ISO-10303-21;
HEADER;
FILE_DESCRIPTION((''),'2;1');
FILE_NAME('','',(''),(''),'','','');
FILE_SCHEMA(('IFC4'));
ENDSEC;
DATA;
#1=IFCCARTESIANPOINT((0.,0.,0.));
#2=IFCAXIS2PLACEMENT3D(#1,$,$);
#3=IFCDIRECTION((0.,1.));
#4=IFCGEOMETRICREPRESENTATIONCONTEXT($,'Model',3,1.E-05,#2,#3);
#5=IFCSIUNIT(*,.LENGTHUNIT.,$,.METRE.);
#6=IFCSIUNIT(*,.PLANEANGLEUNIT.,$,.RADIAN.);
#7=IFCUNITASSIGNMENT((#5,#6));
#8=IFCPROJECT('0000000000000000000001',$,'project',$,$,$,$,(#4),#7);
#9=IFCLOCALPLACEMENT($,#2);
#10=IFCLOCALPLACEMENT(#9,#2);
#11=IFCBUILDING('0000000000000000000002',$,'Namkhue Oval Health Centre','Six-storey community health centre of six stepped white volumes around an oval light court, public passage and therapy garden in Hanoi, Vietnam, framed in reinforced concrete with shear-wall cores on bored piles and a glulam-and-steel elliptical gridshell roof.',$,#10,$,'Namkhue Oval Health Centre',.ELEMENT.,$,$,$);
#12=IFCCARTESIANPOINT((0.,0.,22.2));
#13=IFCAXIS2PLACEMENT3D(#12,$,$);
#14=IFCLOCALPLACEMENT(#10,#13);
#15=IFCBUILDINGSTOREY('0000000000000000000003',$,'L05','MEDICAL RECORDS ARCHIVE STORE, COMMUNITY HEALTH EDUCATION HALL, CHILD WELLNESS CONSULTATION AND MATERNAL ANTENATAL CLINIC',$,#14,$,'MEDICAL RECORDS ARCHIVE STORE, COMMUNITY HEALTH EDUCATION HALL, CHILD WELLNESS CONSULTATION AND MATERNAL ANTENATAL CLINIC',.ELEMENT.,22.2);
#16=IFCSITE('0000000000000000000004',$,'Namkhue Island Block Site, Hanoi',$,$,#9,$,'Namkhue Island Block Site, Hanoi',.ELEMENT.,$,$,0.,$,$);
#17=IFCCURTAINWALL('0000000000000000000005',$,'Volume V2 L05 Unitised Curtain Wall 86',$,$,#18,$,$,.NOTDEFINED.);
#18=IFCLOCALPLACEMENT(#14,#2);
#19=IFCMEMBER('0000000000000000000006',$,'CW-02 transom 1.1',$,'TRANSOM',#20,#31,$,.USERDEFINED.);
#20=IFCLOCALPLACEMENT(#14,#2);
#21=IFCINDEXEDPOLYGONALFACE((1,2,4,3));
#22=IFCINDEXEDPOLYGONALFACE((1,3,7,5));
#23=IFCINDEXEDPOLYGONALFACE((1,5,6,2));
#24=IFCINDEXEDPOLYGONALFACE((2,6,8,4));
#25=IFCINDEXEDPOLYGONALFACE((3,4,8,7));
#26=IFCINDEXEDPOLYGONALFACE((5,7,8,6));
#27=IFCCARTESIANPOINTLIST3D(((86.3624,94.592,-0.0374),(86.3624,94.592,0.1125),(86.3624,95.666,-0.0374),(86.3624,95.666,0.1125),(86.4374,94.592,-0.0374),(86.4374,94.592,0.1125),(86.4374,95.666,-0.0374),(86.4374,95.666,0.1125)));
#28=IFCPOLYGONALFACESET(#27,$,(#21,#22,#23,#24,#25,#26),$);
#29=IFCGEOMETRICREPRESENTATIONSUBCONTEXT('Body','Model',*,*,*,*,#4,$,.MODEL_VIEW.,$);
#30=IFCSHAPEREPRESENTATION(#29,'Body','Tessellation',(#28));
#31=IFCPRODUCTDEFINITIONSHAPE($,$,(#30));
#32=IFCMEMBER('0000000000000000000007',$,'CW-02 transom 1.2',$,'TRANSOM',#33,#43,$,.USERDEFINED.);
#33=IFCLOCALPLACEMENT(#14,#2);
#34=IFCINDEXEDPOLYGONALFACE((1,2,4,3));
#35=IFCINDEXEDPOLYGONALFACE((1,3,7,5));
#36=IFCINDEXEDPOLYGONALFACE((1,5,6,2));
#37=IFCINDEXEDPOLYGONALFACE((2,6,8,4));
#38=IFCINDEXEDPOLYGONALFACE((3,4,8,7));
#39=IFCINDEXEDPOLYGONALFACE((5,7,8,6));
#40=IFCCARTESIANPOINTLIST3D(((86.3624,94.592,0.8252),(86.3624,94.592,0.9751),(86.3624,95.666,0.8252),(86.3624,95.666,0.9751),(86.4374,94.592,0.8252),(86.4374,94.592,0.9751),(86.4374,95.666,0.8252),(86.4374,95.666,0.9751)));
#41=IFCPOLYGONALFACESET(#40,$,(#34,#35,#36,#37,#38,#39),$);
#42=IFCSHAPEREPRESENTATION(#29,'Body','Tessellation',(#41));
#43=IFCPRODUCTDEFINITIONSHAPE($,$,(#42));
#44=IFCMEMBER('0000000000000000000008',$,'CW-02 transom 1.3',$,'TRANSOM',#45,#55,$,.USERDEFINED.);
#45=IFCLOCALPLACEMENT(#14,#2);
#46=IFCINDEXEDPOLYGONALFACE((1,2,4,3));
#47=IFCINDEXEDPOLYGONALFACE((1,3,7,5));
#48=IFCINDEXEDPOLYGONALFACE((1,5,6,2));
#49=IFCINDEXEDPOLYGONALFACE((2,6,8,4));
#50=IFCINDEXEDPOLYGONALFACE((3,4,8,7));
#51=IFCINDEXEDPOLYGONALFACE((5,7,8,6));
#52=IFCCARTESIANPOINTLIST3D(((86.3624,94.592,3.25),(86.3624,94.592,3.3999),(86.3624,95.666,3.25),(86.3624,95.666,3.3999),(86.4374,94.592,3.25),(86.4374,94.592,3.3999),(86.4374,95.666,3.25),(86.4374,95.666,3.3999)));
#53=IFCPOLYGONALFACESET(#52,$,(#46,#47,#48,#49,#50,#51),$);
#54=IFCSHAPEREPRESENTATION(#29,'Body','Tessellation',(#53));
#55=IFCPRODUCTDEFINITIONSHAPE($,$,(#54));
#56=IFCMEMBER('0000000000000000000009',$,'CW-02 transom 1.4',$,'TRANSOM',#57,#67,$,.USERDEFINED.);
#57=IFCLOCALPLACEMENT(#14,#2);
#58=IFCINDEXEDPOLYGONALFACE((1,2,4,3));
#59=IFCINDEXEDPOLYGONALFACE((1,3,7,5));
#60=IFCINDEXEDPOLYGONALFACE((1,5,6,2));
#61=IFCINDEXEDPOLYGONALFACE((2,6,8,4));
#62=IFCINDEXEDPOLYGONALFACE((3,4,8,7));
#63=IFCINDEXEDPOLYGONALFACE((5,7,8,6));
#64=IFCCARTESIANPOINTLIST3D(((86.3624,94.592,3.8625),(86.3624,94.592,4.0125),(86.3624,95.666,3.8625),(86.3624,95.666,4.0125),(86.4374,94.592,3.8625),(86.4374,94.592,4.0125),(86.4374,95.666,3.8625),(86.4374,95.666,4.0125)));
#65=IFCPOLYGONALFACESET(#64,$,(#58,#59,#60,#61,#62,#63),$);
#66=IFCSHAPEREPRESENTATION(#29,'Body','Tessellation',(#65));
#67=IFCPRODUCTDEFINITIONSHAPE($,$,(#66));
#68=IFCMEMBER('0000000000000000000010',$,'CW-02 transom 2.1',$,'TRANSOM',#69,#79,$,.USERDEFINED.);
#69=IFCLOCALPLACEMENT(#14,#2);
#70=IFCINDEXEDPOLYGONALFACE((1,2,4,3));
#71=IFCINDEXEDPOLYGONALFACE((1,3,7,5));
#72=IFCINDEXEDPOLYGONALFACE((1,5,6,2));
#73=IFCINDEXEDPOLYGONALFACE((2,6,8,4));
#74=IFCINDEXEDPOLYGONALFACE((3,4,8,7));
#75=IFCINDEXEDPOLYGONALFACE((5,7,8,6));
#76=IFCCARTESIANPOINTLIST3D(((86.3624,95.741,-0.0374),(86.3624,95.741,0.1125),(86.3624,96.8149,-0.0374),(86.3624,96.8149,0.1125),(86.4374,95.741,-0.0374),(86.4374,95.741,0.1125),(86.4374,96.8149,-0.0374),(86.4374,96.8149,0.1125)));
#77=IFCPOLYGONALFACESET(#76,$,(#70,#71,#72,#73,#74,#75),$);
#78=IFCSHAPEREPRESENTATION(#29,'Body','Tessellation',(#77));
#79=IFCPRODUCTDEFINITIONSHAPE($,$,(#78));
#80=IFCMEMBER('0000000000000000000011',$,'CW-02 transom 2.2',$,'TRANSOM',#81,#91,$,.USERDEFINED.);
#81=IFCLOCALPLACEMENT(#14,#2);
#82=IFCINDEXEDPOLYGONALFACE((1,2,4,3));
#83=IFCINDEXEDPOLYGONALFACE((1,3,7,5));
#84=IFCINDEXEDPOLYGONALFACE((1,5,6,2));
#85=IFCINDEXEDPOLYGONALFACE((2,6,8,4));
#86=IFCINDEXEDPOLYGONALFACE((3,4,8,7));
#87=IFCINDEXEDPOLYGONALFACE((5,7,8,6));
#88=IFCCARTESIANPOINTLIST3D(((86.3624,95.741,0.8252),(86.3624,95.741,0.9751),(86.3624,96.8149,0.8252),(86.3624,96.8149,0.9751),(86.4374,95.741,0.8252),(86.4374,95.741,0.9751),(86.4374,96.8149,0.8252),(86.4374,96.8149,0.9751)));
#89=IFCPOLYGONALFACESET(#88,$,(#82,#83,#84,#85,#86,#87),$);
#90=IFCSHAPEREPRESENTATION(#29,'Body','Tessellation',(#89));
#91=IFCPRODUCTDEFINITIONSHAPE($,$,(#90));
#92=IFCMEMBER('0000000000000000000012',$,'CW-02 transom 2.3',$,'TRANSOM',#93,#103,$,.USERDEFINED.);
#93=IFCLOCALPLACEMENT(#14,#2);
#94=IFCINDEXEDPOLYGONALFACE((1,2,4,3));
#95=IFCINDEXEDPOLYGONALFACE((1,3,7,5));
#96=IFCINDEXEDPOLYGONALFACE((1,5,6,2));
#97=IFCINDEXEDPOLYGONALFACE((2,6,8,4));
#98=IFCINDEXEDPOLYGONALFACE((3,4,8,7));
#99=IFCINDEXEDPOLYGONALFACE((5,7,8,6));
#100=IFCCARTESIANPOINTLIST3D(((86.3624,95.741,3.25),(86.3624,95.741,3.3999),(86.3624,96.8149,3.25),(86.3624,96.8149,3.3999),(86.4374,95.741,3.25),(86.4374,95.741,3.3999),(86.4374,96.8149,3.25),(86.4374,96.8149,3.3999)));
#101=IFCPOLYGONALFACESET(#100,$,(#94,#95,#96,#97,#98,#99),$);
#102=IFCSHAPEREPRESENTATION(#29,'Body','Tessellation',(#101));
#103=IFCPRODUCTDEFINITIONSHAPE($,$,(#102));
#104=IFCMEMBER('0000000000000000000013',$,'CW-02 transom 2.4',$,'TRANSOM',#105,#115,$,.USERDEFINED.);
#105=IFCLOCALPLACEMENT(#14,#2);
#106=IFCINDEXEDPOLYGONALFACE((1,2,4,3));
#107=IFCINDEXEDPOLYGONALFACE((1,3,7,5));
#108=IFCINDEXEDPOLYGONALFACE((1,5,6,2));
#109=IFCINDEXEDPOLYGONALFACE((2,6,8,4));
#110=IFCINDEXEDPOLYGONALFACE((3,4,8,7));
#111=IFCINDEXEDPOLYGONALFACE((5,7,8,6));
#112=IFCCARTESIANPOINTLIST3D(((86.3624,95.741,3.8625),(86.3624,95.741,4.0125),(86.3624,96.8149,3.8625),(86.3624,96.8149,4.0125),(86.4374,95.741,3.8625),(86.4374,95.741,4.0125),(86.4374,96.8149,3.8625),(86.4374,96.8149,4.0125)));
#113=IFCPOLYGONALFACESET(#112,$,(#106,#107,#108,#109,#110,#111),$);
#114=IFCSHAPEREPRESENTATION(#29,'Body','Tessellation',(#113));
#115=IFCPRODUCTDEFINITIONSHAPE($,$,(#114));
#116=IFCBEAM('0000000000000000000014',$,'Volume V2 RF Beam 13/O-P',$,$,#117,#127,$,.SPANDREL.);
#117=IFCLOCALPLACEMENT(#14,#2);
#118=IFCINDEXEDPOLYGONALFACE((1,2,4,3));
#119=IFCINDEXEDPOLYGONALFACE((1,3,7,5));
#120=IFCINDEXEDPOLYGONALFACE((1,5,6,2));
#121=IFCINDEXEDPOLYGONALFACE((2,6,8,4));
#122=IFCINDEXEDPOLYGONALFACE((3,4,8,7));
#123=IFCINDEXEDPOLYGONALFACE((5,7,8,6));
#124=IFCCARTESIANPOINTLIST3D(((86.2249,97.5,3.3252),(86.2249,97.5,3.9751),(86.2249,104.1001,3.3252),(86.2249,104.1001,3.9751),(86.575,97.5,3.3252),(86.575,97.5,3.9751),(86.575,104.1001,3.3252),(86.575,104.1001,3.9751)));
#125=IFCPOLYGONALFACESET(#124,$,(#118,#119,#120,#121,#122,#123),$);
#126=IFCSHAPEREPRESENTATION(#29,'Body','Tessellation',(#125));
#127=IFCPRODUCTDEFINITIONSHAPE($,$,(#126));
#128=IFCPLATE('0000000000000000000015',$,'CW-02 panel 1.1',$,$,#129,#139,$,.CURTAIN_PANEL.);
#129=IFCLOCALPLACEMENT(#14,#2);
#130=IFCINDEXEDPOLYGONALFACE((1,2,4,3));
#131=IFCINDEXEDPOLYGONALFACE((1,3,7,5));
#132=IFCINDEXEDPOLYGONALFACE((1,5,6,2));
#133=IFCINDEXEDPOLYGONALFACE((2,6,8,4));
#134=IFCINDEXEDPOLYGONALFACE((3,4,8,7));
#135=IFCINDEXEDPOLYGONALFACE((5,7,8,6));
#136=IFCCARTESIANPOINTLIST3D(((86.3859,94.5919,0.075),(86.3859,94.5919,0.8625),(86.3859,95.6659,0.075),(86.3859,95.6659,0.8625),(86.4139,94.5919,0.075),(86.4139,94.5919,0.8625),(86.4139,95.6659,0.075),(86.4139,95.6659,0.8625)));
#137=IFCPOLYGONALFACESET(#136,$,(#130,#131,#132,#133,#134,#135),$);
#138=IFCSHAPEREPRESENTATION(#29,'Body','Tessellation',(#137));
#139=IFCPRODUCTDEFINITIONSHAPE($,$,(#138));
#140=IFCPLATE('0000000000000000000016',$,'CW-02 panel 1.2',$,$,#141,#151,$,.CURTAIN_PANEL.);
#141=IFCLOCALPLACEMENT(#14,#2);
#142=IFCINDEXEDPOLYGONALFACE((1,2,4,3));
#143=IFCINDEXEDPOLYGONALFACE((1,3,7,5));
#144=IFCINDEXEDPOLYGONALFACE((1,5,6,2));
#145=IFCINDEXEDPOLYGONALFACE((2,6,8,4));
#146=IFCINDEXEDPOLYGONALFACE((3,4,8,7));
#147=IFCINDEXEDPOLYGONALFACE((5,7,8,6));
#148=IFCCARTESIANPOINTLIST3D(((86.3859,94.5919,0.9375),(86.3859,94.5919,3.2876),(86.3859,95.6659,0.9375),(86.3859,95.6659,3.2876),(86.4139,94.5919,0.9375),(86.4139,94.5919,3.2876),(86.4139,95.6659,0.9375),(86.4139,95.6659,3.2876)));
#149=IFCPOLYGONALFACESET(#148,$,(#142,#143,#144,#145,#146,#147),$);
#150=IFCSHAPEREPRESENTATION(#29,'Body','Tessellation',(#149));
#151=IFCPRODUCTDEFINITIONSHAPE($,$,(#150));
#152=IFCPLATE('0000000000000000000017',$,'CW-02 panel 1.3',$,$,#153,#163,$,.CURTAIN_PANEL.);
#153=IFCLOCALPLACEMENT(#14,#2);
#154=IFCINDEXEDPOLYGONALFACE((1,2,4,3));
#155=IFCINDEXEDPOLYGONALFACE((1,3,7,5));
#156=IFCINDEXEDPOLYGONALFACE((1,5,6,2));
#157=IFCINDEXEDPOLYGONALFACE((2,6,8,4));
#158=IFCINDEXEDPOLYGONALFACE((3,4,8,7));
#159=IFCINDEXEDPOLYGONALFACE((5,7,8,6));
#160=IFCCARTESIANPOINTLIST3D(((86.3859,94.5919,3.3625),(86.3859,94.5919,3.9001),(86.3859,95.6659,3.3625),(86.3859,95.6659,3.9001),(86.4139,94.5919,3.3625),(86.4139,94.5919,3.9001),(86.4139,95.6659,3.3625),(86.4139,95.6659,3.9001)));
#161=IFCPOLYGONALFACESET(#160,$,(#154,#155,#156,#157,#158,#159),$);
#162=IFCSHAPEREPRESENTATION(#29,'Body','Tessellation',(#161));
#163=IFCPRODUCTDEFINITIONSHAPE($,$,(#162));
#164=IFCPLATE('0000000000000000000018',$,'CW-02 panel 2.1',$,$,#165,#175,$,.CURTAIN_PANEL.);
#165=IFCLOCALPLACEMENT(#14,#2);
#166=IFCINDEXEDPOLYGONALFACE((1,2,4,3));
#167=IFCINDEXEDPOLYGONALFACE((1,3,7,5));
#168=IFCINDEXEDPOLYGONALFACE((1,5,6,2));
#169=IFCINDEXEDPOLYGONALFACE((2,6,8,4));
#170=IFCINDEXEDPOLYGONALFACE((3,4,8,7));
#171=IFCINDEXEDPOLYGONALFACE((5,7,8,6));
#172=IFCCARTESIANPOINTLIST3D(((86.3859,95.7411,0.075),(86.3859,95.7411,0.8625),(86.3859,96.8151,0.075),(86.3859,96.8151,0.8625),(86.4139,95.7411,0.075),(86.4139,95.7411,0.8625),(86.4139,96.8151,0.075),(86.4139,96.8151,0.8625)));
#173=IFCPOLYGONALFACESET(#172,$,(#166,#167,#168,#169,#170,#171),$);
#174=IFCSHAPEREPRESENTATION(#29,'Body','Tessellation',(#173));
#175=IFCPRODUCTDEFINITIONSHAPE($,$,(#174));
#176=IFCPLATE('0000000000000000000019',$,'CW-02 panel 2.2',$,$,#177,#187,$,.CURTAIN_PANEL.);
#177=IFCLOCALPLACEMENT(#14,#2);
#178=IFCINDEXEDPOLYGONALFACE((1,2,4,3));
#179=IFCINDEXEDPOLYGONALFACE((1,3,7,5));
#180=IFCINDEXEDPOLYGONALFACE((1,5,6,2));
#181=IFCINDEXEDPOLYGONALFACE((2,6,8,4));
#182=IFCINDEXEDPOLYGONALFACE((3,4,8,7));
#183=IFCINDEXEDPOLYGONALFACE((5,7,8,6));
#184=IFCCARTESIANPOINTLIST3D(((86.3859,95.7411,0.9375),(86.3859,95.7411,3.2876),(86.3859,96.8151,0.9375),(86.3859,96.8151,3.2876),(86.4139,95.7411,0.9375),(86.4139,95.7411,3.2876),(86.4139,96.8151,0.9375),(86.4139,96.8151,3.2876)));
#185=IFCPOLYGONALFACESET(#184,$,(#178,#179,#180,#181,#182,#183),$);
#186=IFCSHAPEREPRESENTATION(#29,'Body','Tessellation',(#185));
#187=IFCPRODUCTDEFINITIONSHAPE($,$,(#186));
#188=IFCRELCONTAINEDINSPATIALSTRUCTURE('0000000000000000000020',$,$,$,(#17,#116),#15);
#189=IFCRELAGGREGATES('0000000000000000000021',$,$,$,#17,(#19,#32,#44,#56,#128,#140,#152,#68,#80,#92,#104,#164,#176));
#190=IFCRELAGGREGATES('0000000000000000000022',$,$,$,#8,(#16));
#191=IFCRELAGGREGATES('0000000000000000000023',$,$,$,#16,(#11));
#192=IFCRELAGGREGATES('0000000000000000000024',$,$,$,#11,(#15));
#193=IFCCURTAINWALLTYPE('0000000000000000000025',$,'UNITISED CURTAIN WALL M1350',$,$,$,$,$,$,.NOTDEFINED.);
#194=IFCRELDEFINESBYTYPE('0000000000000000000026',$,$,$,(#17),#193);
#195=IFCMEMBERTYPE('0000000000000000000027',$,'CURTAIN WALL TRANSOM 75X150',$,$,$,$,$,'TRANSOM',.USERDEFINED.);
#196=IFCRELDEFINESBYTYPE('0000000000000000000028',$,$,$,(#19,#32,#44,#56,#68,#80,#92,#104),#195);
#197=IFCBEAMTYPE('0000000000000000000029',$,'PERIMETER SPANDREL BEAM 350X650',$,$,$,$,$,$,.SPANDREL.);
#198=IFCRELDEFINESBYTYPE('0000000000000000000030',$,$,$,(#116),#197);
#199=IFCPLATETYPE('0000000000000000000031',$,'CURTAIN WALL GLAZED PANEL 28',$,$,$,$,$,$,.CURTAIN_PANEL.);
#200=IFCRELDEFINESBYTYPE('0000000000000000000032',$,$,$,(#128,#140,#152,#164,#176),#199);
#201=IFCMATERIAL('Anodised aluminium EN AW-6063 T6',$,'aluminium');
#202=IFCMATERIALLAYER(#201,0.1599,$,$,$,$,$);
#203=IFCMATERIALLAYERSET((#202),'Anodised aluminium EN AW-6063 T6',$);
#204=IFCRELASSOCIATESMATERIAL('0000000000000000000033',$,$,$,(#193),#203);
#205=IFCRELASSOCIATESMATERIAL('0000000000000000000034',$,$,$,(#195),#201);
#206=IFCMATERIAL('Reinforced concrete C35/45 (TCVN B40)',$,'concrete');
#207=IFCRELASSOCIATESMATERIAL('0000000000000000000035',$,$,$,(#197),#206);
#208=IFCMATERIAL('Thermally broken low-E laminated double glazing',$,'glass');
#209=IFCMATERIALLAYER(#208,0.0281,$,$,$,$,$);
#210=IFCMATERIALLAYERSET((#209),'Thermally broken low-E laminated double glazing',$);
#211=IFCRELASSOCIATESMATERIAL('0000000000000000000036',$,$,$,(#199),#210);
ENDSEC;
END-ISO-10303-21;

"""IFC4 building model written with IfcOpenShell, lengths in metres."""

from ifc_helpers import new_model, si_unit, direction, frame, origin, origin_2d, place, context, subcontext, project, spatial, rectangle, extrude, material, layer, layer_set, material_profile, profile_set, type_object, element, aggregate, save


model = new_model("IFC4")

# Units and contexts
model_context = context("Model", 3, precision=1e-05, world=origin(), true_north=direction((0.0, 1.0)))
body_context = subcontext(model_context, "Body", "Model", "MODEL_VIEW")
ifc_project = project(units=[si_unit("LENGTHUNIT", "METRE"), si_unit("PLANEANGLEUNIT", "RADIAN")], contexts=[model_context])

# Site, building, storey
site_placement = place(None, origin())
site = spatial("IfcSite", under=ifc_project, at=site_placement, Name="Namkhue Island Block Site, Hanoi", LongName="Namkhue Island Block Site, Hanoi", CompositionType="ELEMENT", RefElevation=0.0)
building_placement = place(site_placement, origin())
building = spatial("IfcBuilding", under=site, at=building_placement, Name="Namkhue Oval Health Centre", Description="Six-storey community health centre of six stepped white volumes around an oval light court, public passage and therapy garden in Hanoi, Vietnam, framed in reinforced concrete with shear-wall cores on bored piles and a glulam-and-steel elliptical gridshell roof.", LongName="Namkhue Oval Health Centre", CompositionType="ELEMENT")
storey_placement = place(building_placement, frame((0.0, 0.0, 22.2)))
storey = spatial("IfcBuildingStorey", under=building, at=storey_placement, Name="L05", Description="MEDICAL RECORDS ARCHIVE STORE, COMMUNITY HEALTH EDUCATION HALL, CHILD WELLNESS CONSULTATION AND MATERNAL ANTENATAL CLINIC", LongName="MEDICAL RECORDS ARCHIVE STORE, COMMUNITY HEALTH EDUCATION HALL, CHILD WELLNESS CONSULTATION AND MATERNAL ANTENATAL CLINIC", CompositionType="ELEMENT", Elevation=22.2)

# Shared definitions
ifc_material_1 = material(Name="Reinforced concrete C35/45 (TCVN B40)", Category="concrete")

# Curtain wall
ifc_material_2 = material(Name="Anodised aluminium EN AW-6063 T6", Category="aluminium")
ifc_layer_1 = layer(ifc_material_2, 0.1599)
ifc_layer_set_1 = layer_set([ifc_layer_1], Name="Anodised aluminium EN AW-6063 T6")
curtain_wall_type_1 = type_object("IfcCurtainWallType", Name="UNITISED CURTAIN WALL M1350", PredefinedType="NOTDEFINED", material=ifc_layer_set_1)
curtain_wall_1_placement = place(storey_placement, origin())
curtain_wall_1 = element("IfcCurtainWall", 1, at=curtain_wall_1_placement, inside=storey, type_object=curtain_wall_type_1, Name="Volume V2 L05 Unitised Curtain Wall 86", PredefinedType="NOTDEFINED")

# Members
ifc_material_profile_1 = material_profile(ifc_material_2, rectangle(XDim=0.075, YDim=0.1499, at=origin_2d()), Name="ALU 75x150")
ifc_profile_set_1 = profile_set([ifc_material_profile_1], Name="Anodised aluminium EN AW-6063 T6")
member_type_1 = type_object("IfcMemberType", Name="CURTAIN WALL TRANSOM 75X150", ElementType="TRANSOM", PredefinedType="USERDEFINED", material=ifc_profile_set_1)
member_1_placement = place(storey_placement, frame((86.3999, 94.592, 0.0376), z_axis=(0.0, 1.0, 0.0), x_axis=(-1.0, 0.0, 0.0)))
member_1 = element("IfcMember", 2, at=member_1_placement, type_object=member_type_1, Name="CW-02 transom 1.1", ObjectType="TRANSOM", PredefinedType="USERDEFINED", context=body_context, shape_type="SweptSolid", body=[
    extrude(rectangle(XDim=0.075, YDim=0.1499, at=origin_2d()), origin(), (0.0, 0.0, 1.0), 1.074),
])
member_2_placement = place(storey_placement, frame((86.3999, 94.592, 0.9001), z_axis=(0.0, 1.0, 0.0), x_axis=(-1.0, 0.0, 0.0)))
member_2 = element("IfcMember", 3, at=member_2_placement, type_object=member_type_1, Name="CW-02 transom 1.2", ObjectType="TRANSOM", PredefinedType="USERDEFINED", context=body_context, shape_type="SweptSolid", body=[
    extrude(rectangle(XDim=0.075, YDim=0.1499, at=origin_2d()), origin(), (0.0, 0.0, 1.0), 1.074),
])
member_3_placement = place(storey_placement, frame((86.3999, 94.592, 3.325), z_axis=(0.0, 1.0, 0.0), x_axis=(-1.0, 0.0, 0.0)))
member_3 = element("IfcMember", 4, at=member_3_placement, type_object=member_type_1, Name="CW-02 transom 1.3", ObjectType="TRANSOM", PredefinedType="USERDEFINED", context=body_context, shape_type="SweptSolid", body=[
    extrude(rectangle(XDim=0.075, YDim=0.1499, at=origin_2d()), origin(), (0.0, 0.0, 1.0), 1.074),
])
member_4_placement = place(storey_placement, frame((86.3999, 94.592, 3.9375), z_axis=(0.0, 1.0, 0.0), x_axis=(-1.0, 0.0, 0.0)))
member_4 = element("IfcMember", 5, at=member_4_placement, type_object=member_type_1, Name="CW-02 transom 1.4", ObjectType="TRANSOM", PredefinedType="USERDEFINED", context=body_context, shape_type="SweptSolid", body=[
    extrude(rectangle(XDim=0.075, YDim=0.1499, at=origin_2d()), origin(), (0.0, 0.0, 1.0), 1.074),
])
member_5_placement = place(storey_placement, frame((86.3999, 95.741, 0.0376), z_axis=(0.0, 1.0, 0.0), x_axis=(-1.0, 0.0, 0.0)))
member_5 = element("IfcMember", 6, at=member_5_placement, type_object=member_type_1, Name="CW-02 transom 2.1", ObjectType="TRANSOM", PredefinedType="USERDEFINED", context=body_context, shape_type="SweptSolid", body=[
    extrude(rectangle(XDim=0.075, YDim=0.1499, at=origin_2d()), origin(), (0.0, 0.0, 1.0), 1.074),
])
member_6_placement = place(storey_placement, frame((86.3999, 95.741, 0.9001), z_axis=(0.0, 1.0, 0.0), x_axis=(-1.0, 0.0, 0.0)))
member_6 = element("IfcMember", 7, at=member_6_placement, type_object=member_type_1, Name="CW-02 transom 2.2", ObjectType="TRANSOM", PredefinedType="USERDEFINED", context=body_context, shape_type="SweptSolid", body=[
    extrude(rectangle(XDim=0.075, YDim=0.1499, at=origin_2d()), origin(), (0.0, 0.0, 1.0), 1.074),
])
member_7_placement = place(storey_placement, frame((86.3999, 95.741, 3.325), z_axis=(0.0, 1.0, 0.0), x_axis=(-1.0, 0.0, 0.0)))
member_7 = element("IfcMember", 8, at=member_7_placement, type_object=member_type_1, Name="CW-02 transom 2.3", ObjectType="TRANSOM", PredefinedType="USERDEFINED", context=body_context, shape_type="SweptSolid", body=[
    extrude(rectangle(XDim=0.075, YDim=0.1499, at=origin_2d()), origin(), (0.0, 0.0, 1.0), 1.074),
])
member_8_placement = place(storey_placement, frame((86.3999, 95.741, 3.9375), z_axis=(0.0, 1.0, 0.0), x_axis=(-1.0, 0.0, 0.0)))
member_8 = element("IfcMember", 9, at=member_8_placement, type_object=member_type_1, Name="CW-02 transom 2.4", ObjectType="TRANSOM", PredefinedType="USERDEFINED", context=body_context, shape_type="SweptSolid", body=[
    extrude(rectangle(XDim=0.075, YDim=0.1499, at=origin_2d()), origin(), (0.0, 0.0, 1.0), 1.074),
])

# Beam
ifc_material_profile_2 = material_profile(ifc_material_1, rectangle(XDim=0.3501, YDim=0.6499, at=origin_2d()), Name="RC 350x650")
ifc_profile_set_2 = profile_set([ifc_material_profile_2], Name="Reinforced concrete C35/45 (TCVN B40)")
beam_type = type_object("IfcBeamType", Name="PERIMETER SPANDREL BEAM 350X650", PredefinedType="SPANDREL", material=ifc_profile_set_2)
beam_placement = place(storey_placement, frame((86.3999, 97.5, 3.6501), z_axis=(0.0, 1.0, 0.0), x_axis=(-1.0, 0.0, 0.0)))
element("IfcBeam", 10, at=beam_placement, inside=storey, type_object=beam_type, Name="Volume V2 RF Beam 13/O-P", PredefinedType="SPANDREL", context=body_context, shape_type="SweptSolid", body=[
    extrude(rectangle(XDim=0.3501, YDim=0.6499, at=origin_2d()), origin(), (0.0, 0.0, 1.0), 6.6001),
])

# Plates
ifc_material_3 = material(Name="Thermally broken low-E laminated double glazing", Category="glass")
ifc_layer_2 = layer(ifc_material_3, 0.0281)
ifc_layer_set_2 = layer_set([ifc_layer_2], Name="Thermally broken low-E laminated double glazing")
plate_type_1 = type_object("IfcPlateType", Name="CURTAIN WALL GLAZED PANEL 28", PredefinedType="CURTAIN_PANEL", material=ifc_layer_set_2)
plate_1_placement = place(storey_placement, frame((86.3999, 95.1289, 0.075), z_axis=(0.0, 0.0, 1.0), x_axis=(0.0, 1.0, 0.0)))
plate_1 = element("IfcPlate", 11, at=plate_1_placement, type_object=plate_type_1, Name="CW-02 panel 1.1", PredefinedType="CURTAIN_PANEL", context=body_context, shape_type="SweptSolid", body=[
    extrude(rectangle(XDim=1.074, YDim=0.0281, at=origin_2d()), origin(), (0.0, 0.0, 1.0), 0.7876),
])
plate_2_placement = place(storey_placement, frame((86.3999, 95.1289, 0.9375), z_axis=(0.0, 0.0, 1.0), x_axis=(0.0, 1.0, 0.0)))
plate_2 = element("IfcPlate", 12, at=plate_2_placement, type_object=plate_type_1, Name="CW-02 panel 1.2", PredefinedType="CURTAIN_PANEL", context=body_context, shape_type="SweptSolid", body=[
    extrude(rectangle(XDim=1.074, YDim=0.0281, at=origin_2d()), origin(), (0.0, 0.0, 1.0), 2.3501),
])
plate_3_placement = place(storey_placement, frame((86.3999, 95.1289, 3.3625), z_axis=(0.0, 0.0, 1.0), x_axis=(0.0, 1.0, 0.0)))
plate_3 = element("IfcPlate", 13, at=plate_3_placement, type_object=plate_type_1, Name="CW-02 panel 1.3", PredefinedType="CURTAIN_PANEL", context=body_context, shape_type="SweptSolid", body=[
    extrude(rectangle(XDim=1.074, YDim=0.0281, at=origin_2d()), origin(), (0.0, 0.0, 1.0), 0.5376),
])
plate_4_placement = place(storey_placement, frame((86.3999, 96.2781, 0.075), z_axis=(0.0, 0.0, 1.0), x_axis=(0.0, 1.0, 0.0)))
plate_4 = element("IfcPlate", 14, at=plate_4_placement, type_object=plate_type_1, Name="CW-02 panel 2.1", PredefinedType="CURTAIN_PANEL", context=body_context, shape_type="SweptSolid", body=[
    extrude(rectangle(XDim=1.074, YDim=0.0281, at=origin_2d()), origin(), (0.0, 0.0, 1.0), 0.7876),
])
plate_5_placement = place(storey_placement, frame((86.3999, 96.2781, 0.9375), z_axis=(0.0, 0.0, 1.0), x_axis=(0.0, 1.0, 0.0)))
plate_5 = element("IfcPlate", 15, at=plate_5_placement, type_object=plate_type_1, Name="CW-02 panel 2.2", PredefinedType="CURTAIN_PANEL", context=body_context, shape_type="SweptSolid", body=[
    extrude(rectangle(XDim=1.074, YDim=0.0281, at=origin_2d()), origin(), (0.0, 0.0, 1.0), 2.3501),
])
aggregate(curtain_wall_1, [member_1, member_2, member_3, member_4, plate_1, plate_2, plate_3, member_5, member_6, member_7, member_8, plate_4, plate_5])

save(model, "model.ifc")
